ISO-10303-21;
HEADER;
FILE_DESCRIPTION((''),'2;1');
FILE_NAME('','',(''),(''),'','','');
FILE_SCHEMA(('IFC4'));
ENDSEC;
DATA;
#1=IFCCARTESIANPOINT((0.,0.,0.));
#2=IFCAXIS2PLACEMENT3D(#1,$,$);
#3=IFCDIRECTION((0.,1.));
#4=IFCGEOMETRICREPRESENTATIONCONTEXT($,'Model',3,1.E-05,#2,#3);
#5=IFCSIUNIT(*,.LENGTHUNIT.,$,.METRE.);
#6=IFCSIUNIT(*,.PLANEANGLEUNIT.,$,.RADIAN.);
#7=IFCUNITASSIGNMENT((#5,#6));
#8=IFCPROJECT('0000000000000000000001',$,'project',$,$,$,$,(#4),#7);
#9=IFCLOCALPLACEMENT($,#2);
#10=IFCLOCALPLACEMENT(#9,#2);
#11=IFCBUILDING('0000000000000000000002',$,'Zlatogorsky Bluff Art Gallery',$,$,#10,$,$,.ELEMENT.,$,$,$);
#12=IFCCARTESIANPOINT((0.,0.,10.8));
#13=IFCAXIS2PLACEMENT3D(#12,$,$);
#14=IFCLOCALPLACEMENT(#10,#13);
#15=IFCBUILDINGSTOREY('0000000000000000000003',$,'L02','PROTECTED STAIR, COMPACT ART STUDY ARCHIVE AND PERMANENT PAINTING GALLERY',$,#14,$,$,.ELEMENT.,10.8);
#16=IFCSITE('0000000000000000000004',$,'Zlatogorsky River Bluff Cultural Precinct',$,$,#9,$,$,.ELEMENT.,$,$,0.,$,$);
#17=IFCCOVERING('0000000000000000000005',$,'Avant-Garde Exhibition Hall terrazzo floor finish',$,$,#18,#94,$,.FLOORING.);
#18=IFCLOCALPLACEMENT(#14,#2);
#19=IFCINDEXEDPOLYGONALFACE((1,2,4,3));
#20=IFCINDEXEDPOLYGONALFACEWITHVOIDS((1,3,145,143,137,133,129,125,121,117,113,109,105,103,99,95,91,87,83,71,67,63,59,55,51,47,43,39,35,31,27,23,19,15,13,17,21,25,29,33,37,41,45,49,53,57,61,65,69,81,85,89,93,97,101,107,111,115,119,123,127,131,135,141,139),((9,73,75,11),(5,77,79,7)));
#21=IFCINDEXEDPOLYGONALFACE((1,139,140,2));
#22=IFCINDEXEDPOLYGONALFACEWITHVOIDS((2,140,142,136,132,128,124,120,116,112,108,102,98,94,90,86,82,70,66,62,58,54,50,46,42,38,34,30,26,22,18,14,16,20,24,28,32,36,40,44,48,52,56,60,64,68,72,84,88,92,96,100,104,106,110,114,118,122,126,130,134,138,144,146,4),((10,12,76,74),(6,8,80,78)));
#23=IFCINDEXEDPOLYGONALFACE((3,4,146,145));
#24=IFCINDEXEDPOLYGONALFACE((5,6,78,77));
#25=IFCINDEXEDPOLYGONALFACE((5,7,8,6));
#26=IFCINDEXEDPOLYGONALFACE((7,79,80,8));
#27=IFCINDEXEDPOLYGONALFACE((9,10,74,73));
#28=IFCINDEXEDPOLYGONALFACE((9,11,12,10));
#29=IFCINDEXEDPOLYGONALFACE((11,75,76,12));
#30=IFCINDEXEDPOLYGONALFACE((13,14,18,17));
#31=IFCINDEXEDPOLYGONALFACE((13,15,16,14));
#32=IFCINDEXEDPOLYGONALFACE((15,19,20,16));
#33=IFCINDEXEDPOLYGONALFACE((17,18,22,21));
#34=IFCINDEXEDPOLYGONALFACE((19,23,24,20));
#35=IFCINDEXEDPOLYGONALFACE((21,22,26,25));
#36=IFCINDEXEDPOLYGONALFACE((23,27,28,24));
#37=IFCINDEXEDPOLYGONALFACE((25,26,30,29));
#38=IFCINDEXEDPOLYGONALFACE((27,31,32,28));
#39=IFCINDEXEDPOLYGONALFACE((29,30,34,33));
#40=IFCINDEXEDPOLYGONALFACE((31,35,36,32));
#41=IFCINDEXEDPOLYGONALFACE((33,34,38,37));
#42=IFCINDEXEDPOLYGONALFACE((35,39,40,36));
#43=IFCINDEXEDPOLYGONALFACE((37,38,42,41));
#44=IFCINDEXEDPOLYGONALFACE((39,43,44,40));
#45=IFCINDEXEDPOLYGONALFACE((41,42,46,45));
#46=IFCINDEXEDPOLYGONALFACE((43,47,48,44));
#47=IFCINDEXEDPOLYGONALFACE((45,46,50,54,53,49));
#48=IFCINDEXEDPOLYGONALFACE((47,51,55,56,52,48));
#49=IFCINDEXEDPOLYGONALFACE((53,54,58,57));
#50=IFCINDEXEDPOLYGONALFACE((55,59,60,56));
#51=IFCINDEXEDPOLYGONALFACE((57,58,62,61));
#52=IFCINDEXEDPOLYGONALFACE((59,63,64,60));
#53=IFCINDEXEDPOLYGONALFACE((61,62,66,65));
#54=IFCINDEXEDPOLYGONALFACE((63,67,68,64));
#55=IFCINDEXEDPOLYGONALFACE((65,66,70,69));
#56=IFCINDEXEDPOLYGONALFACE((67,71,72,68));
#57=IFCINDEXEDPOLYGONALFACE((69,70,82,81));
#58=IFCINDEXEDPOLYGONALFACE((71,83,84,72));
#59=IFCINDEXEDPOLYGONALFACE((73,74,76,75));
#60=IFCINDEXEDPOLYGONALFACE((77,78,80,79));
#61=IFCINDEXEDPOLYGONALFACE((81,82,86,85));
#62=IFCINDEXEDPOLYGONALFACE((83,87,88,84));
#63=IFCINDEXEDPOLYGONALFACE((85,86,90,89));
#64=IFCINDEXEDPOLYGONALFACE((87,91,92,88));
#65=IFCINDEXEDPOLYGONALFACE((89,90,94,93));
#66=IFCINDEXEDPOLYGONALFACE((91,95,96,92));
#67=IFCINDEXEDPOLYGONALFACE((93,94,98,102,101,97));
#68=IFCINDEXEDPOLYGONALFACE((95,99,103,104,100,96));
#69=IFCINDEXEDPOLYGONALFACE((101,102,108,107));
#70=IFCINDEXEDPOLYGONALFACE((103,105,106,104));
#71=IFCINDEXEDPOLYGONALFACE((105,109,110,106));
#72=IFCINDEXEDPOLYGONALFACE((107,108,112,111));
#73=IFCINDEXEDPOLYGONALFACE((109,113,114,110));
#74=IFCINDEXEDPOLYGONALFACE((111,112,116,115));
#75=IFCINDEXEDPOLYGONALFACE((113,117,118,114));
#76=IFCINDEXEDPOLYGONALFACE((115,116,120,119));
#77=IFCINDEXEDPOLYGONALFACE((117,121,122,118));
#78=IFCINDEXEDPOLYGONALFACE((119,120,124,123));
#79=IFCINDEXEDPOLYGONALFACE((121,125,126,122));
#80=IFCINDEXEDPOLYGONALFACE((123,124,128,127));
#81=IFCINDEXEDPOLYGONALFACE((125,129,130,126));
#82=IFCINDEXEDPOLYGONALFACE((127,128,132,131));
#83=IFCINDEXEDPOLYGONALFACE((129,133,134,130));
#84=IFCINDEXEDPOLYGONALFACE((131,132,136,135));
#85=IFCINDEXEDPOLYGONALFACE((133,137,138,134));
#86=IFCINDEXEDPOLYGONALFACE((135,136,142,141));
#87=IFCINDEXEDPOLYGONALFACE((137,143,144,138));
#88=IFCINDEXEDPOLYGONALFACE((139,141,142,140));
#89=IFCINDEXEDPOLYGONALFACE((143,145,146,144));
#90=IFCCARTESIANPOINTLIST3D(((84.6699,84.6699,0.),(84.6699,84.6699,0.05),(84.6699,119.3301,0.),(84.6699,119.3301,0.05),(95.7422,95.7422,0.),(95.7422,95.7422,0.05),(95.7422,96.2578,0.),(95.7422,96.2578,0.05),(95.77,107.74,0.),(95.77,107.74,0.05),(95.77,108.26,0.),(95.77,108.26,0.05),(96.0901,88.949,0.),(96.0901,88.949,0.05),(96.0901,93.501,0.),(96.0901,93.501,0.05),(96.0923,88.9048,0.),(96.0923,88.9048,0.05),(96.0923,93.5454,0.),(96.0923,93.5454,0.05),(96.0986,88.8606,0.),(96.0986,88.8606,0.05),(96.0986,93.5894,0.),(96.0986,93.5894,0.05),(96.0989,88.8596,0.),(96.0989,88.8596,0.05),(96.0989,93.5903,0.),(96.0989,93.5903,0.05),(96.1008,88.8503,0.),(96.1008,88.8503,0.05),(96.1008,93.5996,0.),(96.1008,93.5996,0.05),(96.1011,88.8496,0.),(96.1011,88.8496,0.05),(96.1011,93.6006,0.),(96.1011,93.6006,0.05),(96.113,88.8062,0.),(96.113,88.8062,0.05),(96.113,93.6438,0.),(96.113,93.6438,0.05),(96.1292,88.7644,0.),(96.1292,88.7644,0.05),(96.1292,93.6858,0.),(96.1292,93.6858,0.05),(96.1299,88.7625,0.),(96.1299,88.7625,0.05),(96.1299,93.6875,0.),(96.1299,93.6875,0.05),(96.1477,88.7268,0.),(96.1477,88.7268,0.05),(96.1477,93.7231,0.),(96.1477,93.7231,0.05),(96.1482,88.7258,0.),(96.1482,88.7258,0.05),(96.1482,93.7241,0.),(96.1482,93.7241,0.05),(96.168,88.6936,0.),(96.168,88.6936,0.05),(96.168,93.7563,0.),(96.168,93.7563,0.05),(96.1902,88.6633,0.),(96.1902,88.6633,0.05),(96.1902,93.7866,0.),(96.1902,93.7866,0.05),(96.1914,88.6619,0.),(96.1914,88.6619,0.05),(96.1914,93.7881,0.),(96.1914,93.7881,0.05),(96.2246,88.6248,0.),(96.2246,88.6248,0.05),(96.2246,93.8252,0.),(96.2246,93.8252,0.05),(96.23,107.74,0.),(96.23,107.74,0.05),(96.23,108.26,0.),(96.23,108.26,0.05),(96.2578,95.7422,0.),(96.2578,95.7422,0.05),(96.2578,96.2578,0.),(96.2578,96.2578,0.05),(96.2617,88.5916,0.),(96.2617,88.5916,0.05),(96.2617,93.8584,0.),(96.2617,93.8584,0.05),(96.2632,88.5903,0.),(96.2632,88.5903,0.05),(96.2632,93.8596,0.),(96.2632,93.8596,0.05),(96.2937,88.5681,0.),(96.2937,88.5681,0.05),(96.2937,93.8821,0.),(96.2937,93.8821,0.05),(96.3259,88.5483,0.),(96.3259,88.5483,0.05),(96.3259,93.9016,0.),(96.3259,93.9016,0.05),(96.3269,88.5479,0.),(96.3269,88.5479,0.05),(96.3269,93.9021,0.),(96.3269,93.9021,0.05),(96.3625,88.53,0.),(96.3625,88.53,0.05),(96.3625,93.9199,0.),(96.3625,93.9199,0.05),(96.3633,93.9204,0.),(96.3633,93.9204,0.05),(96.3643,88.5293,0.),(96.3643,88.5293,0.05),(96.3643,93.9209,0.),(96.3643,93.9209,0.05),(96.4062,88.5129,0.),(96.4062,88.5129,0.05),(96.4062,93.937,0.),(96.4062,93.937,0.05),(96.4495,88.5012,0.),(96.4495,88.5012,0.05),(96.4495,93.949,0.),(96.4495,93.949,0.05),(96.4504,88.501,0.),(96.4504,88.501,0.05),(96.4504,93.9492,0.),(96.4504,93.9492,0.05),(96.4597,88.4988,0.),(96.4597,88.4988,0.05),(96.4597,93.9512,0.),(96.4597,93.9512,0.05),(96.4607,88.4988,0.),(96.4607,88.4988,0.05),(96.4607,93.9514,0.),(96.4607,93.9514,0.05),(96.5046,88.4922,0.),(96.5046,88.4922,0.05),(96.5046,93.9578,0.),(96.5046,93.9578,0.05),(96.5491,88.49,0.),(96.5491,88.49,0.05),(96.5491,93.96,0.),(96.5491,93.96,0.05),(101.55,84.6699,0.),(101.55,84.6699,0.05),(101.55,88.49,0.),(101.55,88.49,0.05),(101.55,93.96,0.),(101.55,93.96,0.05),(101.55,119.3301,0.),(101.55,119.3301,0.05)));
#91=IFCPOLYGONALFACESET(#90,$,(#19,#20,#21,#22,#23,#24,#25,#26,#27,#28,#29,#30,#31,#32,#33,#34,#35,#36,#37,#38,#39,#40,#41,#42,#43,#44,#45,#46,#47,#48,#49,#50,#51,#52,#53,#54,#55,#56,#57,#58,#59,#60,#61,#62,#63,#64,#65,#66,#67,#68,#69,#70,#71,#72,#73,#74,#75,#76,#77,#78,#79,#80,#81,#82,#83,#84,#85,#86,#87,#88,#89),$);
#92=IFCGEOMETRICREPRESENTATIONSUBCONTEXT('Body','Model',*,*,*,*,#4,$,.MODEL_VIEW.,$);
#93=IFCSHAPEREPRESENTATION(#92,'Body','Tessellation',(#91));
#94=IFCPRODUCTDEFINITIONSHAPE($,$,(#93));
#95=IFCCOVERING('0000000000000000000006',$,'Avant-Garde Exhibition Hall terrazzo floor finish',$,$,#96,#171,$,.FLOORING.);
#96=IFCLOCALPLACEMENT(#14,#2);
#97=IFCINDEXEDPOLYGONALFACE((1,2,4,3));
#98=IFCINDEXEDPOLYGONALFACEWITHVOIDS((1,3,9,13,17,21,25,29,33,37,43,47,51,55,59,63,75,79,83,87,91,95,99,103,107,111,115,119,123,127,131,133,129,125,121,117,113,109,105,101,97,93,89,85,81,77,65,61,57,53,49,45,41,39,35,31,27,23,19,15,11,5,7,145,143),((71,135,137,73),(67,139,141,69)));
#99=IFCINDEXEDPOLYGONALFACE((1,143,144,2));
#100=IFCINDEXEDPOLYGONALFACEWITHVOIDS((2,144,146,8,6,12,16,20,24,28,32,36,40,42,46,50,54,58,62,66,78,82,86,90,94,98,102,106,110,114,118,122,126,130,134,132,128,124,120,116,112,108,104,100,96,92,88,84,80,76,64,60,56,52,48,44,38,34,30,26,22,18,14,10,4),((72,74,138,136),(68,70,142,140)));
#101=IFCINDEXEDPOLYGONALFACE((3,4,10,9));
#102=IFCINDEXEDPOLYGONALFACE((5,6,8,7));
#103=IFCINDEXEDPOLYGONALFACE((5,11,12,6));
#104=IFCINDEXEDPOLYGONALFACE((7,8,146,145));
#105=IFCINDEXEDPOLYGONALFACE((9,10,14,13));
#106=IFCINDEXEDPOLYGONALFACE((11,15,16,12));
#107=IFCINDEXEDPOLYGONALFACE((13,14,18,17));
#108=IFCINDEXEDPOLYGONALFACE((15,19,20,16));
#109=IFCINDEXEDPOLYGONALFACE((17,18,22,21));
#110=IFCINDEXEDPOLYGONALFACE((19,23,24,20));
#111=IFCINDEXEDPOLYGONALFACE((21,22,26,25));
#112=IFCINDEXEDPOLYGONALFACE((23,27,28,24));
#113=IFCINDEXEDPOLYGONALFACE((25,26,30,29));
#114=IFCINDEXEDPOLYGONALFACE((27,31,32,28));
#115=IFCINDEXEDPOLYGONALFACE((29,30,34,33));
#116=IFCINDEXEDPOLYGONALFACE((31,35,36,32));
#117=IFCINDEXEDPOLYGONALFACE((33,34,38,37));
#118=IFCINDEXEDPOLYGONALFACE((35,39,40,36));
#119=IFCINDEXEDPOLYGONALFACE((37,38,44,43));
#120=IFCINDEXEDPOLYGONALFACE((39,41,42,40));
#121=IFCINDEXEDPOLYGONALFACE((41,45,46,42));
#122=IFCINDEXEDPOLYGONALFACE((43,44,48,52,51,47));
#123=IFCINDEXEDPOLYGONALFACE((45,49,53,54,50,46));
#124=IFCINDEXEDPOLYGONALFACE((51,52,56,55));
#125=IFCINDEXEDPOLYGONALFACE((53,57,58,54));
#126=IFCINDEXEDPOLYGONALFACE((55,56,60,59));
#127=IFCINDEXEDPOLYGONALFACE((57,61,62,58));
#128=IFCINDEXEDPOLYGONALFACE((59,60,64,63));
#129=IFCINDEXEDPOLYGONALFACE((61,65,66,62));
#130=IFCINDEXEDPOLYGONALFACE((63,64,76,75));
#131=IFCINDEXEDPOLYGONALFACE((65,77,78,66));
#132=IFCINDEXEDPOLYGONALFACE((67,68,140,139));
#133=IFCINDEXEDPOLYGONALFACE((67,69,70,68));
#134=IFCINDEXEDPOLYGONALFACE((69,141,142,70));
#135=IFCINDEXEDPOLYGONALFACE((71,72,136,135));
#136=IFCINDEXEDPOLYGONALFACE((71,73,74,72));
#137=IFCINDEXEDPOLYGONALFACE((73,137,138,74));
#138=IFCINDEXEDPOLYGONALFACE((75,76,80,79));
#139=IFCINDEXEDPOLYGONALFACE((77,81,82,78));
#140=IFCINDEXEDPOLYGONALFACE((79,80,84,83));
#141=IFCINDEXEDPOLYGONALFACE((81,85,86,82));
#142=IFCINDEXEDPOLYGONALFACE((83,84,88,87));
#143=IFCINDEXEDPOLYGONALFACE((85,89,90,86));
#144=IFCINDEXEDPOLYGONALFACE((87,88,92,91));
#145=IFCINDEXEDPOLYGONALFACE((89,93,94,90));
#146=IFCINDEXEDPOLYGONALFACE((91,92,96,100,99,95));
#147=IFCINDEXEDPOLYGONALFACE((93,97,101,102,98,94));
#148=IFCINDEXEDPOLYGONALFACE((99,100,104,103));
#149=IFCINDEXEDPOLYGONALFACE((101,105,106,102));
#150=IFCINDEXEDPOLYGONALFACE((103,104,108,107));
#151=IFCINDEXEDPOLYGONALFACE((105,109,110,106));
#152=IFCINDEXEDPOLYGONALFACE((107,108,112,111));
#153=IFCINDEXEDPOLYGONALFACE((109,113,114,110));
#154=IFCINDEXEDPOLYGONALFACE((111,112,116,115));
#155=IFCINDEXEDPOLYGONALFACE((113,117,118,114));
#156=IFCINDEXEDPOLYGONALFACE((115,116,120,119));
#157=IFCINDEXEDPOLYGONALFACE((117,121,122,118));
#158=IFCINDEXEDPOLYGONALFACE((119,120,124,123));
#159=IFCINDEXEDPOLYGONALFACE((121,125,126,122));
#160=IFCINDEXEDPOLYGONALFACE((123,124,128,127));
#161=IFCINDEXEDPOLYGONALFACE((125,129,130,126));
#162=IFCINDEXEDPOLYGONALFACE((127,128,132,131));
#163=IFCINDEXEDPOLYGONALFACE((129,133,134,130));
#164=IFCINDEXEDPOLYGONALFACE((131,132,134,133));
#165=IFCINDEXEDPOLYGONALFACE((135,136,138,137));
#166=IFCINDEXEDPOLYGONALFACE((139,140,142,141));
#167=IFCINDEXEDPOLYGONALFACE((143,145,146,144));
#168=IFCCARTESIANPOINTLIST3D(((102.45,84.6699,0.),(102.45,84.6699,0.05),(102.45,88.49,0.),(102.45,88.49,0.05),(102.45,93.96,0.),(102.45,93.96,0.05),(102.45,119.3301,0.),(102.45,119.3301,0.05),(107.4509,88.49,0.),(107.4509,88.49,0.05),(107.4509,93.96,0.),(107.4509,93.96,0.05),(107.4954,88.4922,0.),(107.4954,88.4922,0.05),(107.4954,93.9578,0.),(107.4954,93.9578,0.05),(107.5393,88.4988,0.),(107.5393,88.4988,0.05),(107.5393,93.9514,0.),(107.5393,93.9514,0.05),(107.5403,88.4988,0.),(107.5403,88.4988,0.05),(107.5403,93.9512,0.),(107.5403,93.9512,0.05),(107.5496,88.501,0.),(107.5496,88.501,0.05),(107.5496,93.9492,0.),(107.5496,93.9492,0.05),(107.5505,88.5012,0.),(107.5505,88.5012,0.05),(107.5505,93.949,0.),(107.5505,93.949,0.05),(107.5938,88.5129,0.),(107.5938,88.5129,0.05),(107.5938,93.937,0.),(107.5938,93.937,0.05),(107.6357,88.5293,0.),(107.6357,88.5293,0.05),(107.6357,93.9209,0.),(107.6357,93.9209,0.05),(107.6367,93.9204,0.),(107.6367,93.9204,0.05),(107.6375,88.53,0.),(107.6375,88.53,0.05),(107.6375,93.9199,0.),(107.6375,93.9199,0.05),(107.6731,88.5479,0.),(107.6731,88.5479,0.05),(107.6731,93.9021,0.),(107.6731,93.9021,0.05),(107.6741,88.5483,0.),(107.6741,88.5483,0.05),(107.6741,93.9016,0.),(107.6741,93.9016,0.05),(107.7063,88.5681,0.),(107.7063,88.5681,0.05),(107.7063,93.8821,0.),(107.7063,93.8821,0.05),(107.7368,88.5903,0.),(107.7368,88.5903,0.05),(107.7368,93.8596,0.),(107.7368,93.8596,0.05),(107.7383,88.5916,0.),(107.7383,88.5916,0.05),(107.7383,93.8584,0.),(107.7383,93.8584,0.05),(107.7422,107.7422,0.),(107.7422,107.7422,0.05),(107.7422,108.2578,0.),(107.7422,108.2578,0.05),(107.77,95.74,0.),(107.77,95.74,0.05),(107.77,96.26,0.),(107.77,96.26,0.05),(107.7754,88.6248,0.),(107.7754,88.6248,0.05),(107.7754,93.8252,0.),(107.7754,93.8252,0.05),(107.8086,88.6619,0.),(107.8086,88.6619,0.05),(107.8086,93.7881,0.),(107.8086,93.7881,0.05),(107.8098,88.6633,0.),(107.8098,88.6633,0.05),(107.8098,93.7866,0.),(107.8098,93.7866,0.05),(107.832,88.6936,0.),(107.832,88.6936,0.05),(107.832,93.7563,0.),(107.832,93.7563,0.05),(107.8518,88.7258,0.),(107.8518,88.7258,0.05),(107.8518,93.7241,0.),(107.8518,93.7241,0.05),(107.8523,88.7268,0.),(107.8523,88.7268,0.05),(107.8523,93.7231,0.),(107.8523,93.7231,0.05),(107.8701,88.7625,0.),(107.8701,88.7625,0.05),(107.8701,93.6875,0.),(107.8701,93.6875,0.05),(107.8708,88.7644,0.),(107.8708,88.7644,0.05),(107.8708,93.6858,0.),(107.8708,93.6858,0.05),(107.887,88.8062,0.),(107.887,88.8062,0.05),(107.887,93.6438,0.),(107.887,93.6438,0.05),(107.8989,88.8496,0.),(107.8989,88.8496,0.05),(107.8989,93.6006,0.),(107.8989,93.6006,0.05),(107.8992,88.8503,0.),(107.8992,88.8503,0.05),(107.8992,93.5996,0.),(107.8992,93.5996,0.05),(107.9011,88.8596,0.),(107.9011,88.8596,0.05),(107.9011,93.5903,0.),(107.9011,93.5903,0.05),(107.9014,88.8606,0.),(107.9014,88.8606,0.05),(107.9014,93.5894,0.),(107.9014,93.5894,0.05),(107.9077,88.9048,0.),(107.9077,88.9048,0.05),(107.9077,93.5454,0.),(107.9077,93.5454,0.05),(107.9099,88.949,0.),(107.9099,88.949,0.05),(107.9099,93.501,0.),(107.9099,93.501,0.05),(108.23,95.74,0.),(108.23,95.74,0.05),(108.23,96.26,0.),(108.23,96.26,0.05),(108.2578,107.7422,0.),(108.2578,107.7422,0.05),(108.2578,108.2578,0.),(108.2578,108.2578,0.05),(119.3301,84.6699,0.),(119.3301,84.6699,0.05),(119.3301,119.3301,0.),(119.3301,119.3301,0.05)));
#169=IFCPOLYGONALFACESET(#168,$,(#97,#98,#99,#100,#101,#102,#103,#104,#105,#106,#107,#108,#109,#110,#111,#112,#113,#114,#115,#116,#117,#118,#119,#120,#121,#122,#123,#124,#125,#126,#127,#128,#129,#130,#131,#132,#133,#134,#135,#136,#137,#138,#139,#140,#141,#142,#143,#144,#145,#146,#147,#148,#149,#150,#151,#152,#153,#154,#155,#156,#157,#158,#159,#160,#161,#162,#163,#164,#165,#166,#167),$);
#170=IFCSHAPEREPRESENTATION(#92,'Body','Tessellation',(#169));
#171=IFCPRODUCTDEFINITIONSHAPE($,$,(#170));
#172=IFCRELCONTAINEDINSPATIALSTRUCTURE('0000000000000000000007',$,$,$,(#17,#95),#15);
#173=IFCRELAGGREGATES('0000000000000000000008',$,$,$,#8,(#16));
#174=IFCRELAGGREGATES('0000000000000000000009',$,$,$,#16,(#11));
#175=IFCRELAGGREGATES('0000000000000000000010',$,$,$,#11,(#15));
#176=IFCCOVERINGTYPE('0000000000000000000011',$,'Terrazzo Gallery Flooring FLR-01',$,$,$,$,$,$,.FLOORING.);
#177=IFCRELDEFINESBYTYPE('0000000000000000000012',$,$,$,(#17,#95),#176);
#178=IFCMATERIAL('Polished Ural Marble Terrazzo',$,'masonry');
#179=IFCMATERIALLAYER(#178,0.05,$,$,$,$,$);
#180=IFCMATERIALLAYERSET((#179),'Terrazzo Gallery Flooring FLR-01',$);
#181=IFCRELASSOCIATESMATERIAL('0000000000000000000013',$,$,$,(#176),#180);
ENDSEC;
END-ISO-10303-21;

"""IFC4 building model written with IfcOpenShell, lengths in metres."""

from ifc_helpers import new_model, si_unit, direction, frame, origin, place, context, subcontext, project, spatial, polyline, outline, extrude, material, layer, layer_set, type_object, element, save


model = new_model("IFC4")

# Units and contexts
model_context = context("Model", 3, precision=1e-05, world=origin(), true_north=direction((0.0, 1.0)))
body_context = subcontext(model_context, "Body", "Model", "MODEL_VIEW")
ifc_project = project(units=[si_unit("LENGTHUNIT", "METRE"), si_unit("PLANEANGLEUNIT", "RADIAN")], contexts=[model_context])

# Site, building, storey
site_placement = place(None, origin())
site = spatial("IfcSite", under=ifc_project, at=site_placement, Name="Zlatogorsky River Bluff Cultural Precinct", CompositionType="ELEMENT", RefElevation=0.0)
building_placement = place(site_placement, origin())
building = spatial("IfcBuilding", under=site, at=building_placement, Name="Zlatogorsky Bluff Art Gallery", CompositionType="ELEMENT")
storey_placement = place(building_placement, frame((0.0, 0.0, 10.8)))
storey = spatial("IfcBuildingStorey", under=building, at=storey_placement, Name="L02", Description="PROTECTED STAIR, COMPACT ART STUDY ARCHIVE AND PERMANENT PAINTING GALLERY", CompositionType="ELEMENT", Elevation=10.8)

# Coverings
ifc_material_1 = material(Name="Polished Ural Marble Terrazzo", Category="masonry")
ifc_layer_1 = layer(ifc_material_1, 0.05)
ifc_layer_set_1 = layer_set([ifc_layer_1], Name="Terrazzo Gallery Flooring FLR-01")
covering_type_1 = type_object("IfcCoveringType", Name="Terrazzo Gallery Flooring FLR-01", PredefinedType="FLOORING", material=ifc_layer_set_1)
covering_1_placement = place(storey_placement, origin())
element("IfcCovering", 1, at=covering_1_placement, inside=storey, type_object=covering_type_1, Name="Avant-Garde Exhibition Hall terrazzo floor finish", PredefinedType="FLOORING", context=body_context, shape_type="SweptSolid", body=[
    extrude(outline(polyline([(101.55, 93.96), (96.5491, 93.96), (96.5046, 93.9578), (96.4607, 93.9514), (96.4597, 93.9512), (96.4504, 93.9492), (96.4495, 93.949), (96.4062, 93.937), (96.3643, 93.9209), (96.3633, 93.9204), (96.3625, 93.9199), (96.3269, 93.9021), (96.3259, 93.9016), (96.2937, 93.8821), (96.2632, 93.8596), (96.2617, 93.8584), (96.2246, 93.8252), (96.1914, 93.7881), (96.1902, 93.7866), (96.168, 93.7563), (96.1482, 93.7241), (96.1477, 93.7231), (96.1299, 93.6875), (96.1292, 93.6858), (96.113, 93.6438), (96.1011, 93.6006), (96.1008, 93.5996), (96.0989, 93.5903), (96.0986, 93.5894), (96.0923, 93.5454), (96.0901, 93.501), (96.0901, 88.949), (96.0923, 88.9048), (96.0986, 88.8606), (96.0989, 88.8596), (96.1008, 88.8503), (96.1011, 88.8496), (96.113, 88.8062), (96.1292, 88.7644), (96.1299, 88.7625), (96.1477, 88.7268), (96.1482, 88.7258), (96.168, 88.6936), (96.1902, 88.6633), (96.1914, 88.6619), (96.2246, 88.6248), (96.2617, 88.5916), (96.2632, 88.5903), (96.2937, 88.5681), (96.3259, 88.5483), (96.3269, 88.5479), (96.3625, 88.53), (96.3643, 88.5293), (96.4062, 88.5129), (96.4495, 88.5012), (96.4504, 88.501), (96.4597, 88.4988), (96.4607, 88.4988), (96.5046, 88.4922), (96.5491, 88.49), (101.55, 88.49), (101.55, 84.6699), (84.6699, 84.6699), (84.6699, 119.3301), (101.55, 119.3301), (101.55, 93.96)]), holes=[polyline([(95.7422, 95.7422), (96.2578, 95.7422), (96.2578, 96.2578), (95.7422, 96.2578), (95.7422, 95.7422)]), polyline([(95.77, 107.74), (96.23, 107.74), (96.23, 108.26), (95.77, 108.26), (95.77, 107.74)])]), origin(), (0.0, 0.0, 1.0), 0.05),
])
covering_2_placement = place(storey_placement, origin())
element("IfcCovering", 2, at=covering_2_placement, inside=storey, type_object=covering_type_1, Name="Avant-Garde Exhibition Hall terrazzo floor finish", PredefinedType="FLOORING", context=body_context, shape_type="SweptSolid", body=[
    extrude(outline(polyline([(119.3301, 84.6699), (102.45, 84.6699), (102.45, 88.49), (107.4509, 88.49), (107.4954, 88.4922), (107.5393, 88.4988), (107.5403, 88.4988), (107.5496, 88.501), (107.5505, 88.5012), (107.5938, 88.5129), (107.6357, 88.5293), (107.6375, 88.53), (107.6731, 88.5479), (107.6741, 88.5483), (107.7063, 88.5681), (107.7368, 88.5903), (107.7383, 88.5916), (107.7754, 88.6248), (107.8086, 88.6619), (107.8098, 88.6633), (107.832, 88.6936), (107.8518, 88.7258), (107.8523, 88.7268), (107.8701, 88.7625), (107.8708, 88.7644), (107.887, 88.8062), (107.8989, 88.8496), (107.8992, 88.8503), (107.9011, 88.8596), (107.9014, 88.8606), (107.9077, 88.9048), (107.9099, 88.949), (107.9099, 93.501), (107.9077, 93.5454), (107.9014, 93.5894), (107.9011, 93.5903), (107.8992, 93.5996), (107.8989, 93.6006), (107.887, 93.6438), (107.8708, 93.6858), (107.8701, 93.6875), (107.8523, 93.7231), (107.8518, 93.7241), (107.832, 93.7563), (107.8098, 93.7866), (107.8086, 93.7881), (107.7754, 93.8252), (107.7383, 93.8584), (107.7368, 93.8596), (107.7063, 93.8821), (107.6741, 93.9016), (107.6731, 93.9021), (107.6375, 93.9199), (107.6367, 93.9204), (107.6357, 93.9209), (107.5938, 93.937), (107.5505, 93.949), (107.5496, 93.9492), (107.5403, 93.9512), (107.5393, 93.9514), (107.4954, 93.9578), (107.4509, 93.96), (102.45, 93.96), (102.45, 119.3301), (119.3301, 119.3301), (119.3301, 84.6699)]), holes=[polyline([(107.77, 95.74), (108.23, 95.74), (108.23, 96.26), (107.77, 96.26), (107.77, 95.74)]), polyline([(107.7422, 107.7422), (108.2578, 107.7422), (108.2578, 108.2578), (107.7422, 108.2578), (107.7422, 107.7422)])]), origin(), (0.0, 0.0, 1.0), 0.05),
])

save(model, "model.ifc")
